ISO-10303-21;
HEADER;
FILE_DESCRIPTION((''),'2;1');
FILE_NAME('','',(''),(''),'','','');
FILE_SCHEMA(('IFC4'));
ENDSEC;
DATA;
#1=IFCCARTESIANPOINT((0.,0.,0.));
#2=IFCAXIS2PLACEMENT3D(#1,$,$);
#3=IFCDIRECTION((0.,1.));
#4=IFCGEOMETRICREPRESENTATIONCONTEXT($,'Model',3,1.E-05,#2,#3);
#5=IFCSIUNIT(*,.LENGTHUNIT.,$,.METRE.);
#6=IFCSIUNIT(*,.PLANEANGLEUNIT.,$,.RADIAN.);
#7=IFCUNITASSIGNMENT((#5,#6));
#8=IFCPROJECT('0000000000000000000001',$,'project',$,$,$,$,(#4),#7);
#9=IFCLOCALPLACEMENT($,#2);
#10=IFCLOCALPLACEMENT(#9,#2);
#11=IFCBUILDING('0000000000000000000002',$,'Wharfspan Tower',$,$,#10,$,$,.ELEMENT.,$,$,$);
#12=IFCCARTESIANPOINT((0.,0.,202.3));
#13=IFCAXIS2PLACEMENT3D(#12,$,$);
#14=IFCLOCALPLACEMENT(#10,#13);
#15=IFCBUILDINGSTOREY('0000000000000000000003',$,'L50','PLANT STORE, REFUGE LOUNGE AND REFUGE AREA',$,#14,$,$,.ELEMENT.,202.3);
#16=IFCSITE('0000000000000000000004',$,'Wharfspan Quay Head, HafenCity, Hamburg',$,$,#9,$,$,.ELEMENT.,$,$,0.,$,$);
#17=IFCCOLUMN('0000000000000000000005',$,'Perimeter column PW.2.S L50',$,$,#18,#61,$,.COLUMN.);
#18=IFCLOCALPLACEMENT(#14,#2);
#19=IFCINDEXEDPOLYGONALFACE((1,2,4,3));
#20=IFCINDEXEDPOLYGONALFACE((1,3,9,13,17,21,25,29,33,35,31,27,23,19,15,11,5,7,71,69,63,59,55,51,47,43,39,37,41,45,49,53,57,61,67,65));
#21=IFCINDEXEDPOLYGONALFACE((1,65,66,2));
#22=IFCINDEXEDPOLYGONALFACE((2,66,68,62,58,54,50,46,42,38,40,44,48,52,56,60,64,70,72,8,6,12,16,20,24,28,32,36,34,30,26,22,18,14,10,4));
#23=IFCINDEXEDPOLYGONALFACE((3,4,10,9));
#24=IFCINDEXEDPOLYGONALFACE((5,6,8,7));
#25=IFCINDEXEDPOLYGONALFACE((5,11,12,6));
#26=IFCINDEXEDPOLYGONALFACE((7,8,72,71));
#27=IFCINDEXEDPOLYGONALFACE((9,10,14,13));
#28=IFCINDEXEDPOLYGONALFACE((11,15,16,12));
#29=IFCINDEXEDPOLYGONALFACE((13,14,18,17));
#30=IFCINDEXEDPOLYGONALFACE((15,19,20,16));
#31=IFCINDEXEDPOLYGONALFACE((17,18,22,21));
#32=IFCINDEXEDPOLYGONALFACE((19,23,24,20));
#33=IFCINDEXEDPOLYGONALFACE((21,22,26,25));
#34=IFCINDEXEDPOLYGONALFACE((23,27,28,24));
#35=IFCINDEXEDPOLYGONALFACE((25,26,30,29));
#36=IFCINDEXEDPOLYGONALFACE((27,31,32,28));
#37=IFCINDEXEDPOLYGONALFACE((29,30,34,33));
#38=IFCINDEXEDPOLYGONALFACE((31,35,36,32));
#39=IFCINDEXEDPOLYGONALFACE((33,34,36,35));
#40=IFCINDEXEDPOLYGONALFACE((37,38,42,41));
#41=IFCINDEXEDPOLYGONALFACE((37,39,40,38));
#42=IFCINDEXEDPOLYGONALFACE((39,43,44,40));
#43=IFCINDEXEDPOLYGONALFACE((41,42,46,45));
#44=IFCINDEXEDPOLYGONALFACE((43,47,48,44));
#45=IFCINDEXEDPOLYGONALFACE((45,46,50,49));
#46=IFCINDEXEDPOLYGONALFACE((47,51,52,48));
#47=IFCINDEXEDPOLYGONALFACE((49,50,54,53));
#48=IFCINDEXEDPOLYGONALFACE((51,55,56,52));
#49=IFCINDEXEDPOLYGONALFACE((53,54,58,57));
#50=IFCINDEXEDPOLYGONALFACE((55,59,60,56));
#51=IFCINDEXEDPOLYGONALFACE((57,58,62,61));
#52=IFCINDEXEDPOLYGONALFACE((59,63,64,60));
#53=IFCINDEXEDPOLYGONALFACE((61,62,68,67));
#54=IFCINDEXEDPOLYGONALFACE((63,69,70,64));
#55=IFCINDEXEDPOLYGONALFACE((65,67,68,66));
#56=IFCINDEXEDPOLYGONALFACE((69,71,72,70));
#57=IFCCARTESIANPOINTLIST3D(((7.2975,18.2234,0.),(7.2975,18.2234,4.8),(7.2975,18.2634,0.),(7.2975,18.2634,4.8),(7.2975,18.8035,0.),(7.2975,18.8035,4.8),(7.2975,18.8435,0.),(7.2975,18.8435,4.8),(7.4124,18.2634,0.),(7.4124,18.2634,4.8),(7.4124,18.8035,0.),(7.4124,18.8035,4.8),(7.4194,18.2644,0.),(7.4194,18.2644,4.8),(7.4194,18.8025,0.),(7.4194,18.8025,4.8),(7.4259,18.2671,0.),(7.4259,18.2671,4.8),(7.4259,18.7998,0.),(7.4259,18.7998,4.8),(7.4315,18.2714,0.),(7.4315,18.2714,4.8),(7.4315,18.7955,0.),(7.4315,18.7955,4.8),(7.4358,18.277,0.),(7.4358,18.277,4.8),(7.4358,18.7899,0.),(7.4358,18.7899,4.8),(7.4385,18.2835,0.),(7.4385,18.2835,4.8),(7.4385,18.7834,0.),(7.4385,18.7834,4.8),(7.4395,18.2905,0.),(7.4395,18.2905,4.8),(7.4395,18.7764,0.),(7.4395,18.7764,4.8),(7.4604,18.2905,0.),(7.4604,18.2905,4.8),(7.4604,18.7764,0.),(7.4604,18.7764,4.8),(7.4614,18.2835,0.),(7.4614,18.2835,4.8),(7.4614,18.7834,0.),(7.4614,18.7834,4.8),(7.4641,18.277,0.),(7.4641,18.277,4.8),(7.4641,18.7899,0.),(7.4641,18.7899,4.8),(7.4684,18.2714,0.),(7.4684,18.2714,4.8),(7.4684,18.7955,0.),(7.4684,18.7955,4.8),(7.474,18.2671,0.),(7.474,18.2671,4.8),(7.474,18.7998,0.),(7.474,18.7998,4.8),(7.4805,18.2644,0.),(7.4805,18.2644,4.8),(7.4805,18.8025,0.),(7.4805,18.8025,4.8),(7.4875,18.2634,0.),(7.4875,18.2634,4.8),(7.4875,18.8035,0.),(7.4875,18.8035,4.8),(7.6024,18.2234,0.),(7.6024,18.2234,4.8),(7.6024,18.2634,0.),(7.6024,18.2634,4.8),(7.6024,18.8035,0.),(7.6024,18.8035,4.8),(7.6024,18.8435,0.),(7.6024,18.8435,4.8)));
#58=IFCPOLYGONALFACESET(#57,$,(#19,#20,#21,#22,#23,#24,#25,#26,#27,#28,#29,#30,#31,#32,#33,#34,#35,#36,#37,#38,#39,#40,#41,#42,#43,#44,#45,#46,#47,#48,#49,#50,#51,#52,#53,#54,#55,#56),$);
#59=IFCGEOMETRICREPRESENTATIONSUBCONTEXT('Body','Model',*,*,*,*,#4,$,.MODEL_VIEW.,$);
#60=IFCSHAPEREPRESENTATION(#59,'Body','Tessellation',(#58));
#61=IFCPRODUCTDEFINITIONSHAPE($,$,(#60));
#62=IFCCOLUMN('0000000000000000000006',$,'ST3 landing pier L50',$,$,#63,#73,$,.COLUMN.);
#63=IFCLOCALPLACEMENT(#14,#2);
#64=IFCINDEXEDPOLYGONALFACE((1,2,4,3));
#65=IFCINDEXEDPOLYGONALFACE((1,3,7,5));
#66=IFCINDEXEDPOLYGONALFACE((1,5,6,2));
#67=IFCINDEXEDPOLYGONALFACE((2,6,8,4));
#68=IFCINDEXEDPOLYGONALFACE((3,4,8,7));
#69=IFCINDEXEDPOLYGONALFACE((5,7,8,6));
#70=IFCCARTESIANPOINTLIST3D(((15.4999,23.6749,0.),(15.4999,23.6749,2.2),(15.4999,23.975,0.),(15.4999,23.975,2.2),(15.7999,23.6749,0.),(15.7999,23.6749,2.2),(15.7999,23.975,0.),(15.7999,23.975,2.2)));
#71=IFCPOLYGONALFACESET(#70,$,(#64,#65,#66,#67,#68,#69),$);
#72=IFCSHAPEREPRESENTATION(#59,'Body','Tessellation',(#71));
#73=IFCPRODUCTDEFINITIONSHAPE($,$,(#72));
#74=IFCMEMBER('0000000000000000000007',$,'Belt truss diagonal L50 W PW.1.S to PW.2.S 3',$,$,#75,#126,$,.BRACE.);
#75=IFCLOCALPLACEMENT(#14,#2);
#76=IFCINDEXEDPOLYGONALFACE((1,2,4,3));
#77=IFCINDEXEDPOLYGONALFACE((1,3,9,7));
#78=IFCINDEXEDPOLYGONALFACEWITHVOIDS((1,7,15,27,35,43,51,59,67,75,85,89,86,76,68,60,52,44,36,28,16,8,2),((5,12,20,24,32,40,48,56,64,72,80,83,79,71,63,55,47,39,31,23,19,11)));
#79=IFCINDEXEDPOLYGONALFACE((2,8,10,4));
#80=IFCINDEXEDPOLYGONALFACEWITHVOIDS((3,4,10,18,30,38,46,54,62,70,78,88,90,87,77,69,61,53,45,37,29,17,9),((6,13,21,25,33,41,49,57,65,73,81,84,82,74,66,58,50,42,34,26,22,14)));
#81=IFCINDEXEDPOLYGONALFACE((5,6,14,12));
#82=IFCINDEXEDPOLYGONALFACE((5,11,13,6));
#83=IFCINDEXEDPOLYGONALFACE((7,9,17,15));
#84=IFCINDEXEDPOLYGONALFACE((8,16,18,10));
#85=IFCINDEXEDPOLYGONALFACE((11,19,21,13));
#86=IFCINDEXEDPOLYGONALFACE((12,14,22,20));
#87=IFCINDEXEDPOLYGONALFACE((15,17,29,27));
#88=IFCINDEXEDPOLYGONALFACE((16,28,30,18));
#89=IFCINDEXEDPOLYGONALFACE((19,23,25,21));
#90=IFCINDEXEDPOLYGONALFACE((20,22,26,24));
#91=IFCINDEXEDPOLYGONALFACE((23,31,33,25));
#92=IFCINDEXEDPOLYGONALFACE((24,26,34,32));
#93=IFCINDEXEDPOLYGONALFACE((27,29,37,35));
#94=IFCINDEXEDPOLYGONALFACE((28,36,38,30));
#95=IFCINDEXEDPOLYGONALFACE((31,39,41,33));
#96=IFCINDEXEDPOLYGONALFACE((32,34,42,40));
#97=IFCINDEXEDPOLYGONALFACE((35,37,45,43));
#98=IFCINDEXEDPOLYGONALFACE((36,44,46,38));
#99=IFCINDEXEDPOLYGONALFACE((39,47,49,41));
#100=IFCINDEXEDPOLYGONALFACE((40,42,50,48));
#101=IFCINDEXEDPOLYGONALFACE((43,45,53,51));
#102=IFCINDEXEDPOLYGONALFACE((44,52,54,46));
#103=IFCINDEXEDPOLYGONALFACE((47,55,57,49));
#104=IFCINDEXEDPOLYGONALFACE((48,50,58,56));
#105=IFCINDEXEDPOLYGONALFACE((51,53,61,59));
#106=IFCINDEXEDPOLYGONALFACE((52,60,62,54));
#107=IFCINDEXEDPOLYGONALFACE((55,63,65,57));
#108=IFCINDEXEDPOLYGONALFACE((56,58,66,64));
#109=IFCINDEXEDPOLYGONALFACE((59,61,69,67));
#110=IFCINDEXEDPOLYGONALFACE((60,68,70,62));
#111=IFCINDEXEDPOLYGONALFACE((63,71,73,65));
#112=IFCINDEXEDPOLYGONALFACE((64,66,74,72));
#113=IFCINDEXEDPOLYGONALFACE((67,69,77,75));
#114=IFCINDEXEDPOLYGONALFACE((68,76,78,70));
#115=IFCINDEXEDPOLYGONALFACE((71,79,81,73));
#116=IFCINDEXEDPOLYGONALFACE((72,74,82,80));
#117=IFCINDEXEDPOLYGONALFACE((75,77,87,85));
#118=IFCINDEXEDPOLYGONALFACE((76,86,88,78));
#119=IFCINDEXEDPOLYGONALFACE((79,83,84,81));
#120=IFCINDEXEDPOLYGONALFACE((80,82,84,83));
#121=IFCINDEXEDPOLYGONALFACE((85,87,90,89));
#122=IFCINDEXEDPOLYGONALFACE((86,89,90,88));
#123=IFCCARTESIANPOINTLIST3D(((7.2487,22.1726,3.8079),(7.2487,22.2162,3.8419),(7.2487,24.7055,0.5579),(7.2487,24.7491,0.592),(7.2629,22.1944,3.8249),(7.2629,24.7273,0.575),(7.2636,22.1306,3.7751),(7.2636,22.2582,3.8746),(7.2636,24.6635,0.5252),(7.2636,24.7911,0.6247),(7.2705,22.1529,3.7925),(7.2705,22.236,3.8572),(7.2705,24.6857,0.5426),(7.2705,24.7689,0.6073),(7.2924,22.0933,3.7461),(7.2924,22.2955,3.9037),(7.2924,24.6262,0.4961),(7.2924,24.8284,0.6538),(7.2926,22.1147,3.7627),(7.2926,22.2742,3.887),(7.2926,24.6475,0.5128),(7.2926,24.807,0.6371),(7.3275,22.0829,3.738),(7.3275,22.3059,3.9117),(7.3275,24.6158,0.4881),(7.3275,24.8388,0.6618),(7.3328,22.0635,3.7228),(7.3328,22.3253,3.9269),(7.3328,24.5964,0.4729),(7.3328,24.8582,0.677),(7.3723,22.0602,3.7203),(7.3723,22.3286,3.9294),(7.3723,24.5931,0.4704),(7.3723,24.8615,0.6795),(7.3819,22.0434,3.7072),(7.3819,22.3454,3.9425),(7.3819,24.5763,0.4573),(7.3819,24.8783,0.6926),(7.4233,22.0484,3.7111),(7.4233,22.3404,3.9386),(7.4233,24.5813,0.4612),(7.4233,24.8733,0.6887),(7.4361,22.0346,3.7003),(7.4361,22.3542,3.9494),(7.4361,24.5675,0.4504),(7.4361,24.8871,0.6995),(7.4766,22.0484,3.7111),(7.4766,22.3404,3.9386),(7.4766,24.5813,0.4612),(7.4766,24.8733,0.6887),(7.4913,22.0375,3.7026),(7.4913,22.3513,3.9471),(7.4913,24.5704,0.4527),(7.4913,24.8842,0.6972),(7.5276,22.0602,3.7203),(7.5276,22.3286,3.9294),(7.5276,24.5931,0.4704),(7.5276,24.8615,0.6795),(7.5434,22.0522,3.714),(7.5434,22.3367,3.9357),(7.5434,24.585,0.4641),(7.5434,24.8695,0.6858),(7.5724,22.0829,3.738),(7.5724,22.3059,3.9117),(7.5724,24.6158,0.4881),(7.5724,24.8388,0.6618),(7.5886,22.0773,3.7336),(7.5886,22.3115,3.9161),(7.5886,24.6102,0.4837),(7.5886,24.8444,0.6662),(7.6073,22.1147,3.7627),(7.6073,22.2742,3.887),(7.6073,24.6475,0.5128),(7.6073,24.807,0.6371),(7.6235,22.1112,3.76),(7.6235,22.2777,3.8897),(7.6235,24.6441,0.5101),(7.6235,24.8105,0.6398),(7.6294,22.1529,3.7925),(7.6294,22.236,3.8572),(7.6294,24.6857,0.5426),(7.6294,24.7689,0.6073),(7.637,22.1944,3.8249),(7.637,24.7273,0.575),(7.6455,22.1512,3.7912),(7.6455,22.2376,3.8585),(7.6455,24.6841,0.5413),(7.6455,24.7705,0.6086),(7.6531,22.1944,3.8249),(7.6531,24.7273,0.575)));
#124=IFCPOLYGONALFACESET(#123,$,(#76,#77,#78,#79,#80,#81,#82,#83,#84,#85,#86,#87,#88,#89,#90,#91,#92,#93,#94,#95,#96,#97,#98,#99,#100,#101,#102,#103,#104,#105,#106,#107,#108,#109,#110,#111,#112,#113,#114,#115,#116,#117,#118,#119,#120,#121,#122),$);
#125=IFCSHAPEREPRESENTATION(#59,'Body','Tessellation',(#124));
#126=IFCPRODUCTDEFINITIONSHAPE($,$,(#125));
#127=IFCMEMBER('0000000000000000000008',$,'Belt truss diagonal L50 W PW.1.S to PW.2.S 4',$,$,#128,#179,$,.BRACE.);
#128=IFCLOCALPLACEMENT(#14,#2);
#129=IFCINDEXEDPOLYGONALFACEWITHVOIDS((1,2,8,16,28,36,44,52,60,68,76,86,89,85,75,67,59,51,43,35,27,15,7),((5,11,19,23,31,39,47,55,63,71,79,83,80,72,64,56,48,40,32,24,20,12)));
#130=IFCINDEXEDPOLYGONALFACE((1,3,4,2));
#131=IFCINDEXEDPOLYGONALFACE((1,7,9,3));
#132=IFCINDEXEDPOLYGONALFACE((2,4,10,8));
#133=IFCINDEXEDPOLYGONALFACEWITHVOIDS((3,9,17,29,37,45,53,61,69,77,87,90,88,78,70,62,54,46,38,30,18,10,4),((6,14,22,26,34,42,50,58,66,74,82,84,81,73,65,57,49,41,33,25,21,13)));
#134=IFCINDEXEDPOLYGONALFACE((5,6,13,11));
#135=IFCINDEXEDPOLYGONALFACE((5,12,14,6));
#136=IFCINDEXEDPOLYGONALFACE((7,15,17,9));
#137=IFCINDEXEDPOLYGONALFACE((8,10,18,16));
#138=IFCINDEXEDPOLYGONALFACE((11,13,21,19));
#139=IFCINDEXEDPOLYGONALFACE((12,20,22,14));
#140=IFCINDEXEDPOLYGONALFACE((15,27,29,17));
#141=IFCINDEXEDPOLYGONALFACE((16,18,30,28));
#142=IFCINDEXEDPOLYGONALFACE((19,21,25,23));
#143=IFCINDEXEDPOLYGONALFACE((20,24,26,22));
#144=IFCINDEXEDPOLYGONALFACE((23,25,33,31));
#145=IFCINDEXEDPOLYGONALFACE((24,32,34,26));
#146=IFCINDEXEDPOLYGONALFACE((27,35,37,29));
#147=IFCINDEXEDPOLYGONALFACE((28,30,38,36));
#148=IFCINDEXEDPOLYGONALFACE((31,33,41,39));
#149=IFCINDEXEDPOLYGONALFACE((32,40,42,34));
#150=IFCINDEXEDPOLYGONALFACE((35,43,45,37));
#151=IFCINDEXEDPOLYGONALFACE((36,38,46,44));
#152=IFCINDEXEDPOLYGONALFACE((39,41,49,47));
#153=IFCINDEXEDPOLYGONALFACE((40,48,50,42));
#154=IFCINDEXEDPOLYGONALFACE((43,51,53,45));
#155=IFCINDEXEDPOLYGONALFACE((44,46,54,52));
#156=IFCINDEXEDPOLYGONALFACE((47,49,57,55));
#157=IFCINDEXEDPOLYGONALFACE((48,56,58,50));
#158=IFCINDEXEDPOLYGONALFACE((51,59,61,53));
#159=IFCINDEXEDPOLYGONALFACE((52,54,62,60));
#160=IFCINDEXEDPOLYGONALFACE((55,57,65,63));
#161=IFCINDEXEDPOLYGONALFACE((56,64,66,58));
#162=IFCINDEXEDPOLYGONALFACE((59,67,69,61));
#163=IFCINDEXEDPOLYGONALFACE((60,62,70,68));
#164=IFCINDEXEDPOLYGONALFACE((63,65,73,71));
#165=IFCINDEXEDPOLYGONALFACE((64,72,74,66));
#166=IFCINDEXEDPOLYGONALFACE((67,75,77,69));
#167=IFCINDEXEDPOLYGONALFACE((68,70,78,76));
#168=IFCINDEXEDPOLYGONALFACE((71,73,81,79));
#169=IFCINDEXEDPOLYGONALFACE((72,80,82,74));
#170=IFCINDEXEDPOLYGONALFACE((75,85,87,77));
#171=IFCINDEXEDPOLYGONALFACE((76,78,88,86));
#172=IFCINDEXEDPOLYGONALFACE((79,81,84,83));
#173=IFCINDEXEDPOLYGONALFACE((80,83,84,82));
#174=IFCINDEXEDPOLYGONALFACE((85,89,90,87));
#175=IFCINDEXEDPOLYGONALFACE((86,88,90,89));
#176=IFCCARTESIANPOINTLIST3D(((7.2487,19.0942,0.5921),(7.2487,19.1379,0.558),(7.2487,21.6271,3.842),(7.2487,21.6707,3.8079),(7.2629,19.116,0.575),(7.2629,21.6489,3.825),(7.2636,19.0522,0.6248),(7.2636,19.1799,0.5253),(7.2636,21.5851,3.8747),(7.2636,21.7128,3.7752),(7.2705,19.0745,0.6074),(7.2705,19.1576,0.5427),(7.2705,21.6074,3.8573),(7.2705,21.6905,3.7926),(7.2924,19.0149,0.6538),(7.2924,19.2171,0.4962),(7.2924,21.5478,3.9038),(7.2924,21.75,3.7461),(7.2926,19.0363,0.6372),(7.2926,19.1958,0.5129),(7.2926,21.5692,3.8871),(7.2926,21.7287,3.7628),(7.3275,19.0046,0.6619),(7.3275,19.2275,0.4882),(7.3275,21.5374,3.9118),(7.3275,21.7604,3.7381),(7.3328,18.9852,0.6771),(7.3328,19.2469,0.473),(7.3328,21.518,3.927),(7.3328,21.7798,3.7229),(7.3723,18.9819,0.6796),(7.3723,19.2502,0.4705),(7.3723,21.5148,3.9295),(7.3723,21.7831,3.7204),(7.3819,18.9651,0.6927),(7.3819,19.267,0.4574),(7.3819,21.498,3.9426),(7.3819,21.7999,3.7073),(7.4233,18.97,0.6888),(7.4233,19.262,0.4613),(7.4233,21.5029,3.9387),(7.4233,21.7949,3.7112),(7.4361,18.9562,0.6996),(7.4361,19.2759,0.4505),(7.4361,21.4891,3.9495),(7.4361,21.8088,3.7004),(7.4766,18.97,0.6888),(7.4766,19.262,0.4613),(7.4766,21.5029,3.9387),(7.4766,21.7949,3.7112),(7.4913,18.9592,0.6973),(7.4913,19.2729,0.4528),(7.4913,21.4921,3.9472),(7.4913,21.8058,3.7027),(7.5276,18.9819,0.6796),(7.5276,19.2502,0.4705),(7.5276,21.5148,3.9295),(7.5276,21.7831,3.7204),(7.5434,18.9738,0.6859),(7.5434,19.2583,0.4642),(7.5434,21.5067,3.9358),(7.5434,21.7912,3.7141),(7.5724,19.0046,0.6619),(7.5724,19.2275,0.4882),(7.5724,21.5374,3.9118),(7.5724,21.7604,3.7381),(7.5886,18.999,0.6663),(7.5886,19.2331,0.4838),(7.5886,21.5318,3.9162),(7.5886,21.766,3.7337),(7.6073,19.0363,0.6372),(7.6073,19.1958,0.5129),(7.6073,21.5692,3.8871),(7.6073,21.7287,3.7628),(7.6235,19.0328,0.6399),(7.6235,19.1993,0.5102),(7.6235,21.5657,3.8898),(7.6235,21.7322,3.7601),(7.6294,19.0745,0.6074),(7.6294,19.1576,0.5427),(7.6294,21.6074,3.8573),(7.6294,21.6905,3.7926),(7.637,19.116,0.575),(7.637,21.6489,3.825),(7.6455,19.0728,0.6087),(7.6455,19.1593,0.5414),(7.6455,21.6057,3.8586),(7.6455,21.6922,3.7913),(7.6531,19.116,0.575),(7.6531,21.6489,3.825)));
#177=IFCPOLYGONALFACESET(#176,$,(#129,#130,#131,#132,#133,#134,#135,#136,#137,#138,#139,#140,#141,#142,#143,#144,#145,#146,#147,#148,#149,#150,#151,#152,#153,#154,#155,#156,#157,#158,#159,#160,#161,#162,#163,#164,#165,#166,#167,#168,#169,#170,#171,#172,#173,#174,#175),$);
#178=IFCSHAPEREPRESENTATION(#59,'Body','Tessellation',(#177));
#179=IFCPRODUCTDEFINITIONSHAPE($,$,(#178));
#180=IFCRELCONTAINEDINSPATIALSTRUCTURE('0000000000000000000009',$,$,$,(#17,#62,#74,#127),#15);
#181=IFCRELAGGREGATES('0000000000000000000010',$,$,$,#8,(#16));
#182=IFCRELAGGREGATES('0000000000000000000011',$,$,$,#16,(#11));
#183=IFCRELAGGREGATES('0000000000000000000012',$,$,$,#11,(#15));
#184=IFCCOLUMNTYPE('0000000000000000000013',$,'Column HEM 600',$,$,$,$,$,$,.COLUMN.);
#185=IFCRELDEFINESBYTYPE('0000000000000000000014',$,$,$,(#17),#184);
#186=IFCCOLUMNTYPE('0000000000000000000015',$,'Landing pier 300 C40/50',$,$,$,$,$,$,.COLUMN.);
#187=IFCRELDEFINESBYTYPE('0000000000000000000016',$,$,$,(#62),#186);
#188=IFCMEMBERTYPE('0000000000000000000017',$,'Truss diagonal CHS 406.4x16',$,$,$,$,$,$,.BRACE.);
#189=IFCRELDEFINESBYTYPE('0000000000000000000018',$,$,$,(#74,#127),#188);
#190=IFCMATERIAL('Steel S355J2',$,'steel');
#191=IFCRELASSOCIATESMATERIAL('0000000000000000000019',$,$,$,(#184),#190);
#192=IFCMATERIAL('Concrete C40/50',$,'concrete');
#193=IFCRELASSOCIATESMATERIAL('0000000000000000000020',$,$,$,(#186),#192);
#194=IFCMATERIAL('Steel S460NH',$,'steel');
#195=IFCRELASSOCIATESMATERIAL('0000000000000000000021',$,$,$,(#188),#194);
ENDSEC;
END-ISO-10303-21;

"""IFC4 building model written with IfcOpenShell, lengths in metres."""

from ifc_helpers import new_model, si_unit, direction, frame, origin, origin_2d, place, context, subcontext, project, spatial, rectangle, hollow_circle, i_section, extrude, material, material_profile, profile_set, type_object, element, save


model = new_model("IFC4")

# Units and contexts
model_context = context("Model", 3, precision=1e-05, world=origin(), true_north=direction((0.0, 1.0)))
body_context = subcontext(model_context, "Body", "Model", "MODEL_VIEW")
ifc_project = project(units=[si_unit("LENGTHUNIT", "METRE"), si_unit("PLANEANGLEUNIT", "RADIAN")], contexts=[model_context])

# Site, building, storey
site_placement = place(None, origin())
site = spatial("IfcSite", under=ifc_project, at=site_placement, Name="Wharfspan Quay Head, HafenCity, Hamburg", CompositionType="ELEMENT", RefElevation=0.0)
building_placement = place(site_placement, origin())
building = spatial("IfcBuilding", under=site, at=building_placement, Name="Wharfspan Tower", CompositionType="ELEMENT")
storey_placement = place(building_placement, frame((0.0, 0.0, 202.3)))
storey = spatial("IfcBuildingStorey", under=building, at=storey_placement, Name="L50", Description="PLANT STORE, REFUGE LOUNGE AND REFUGE AREA", CompositionType="ELEMENT", Elevation=202.3)

# Columns
ifc_material_1 = material(Name="Steel S355J2", Category="steel")
ifc_material_profile_1 = material_profile(ifc_material_1, i_section(OverallWidth=0.3049, OverallDepth=0.6201, WebThickness=0.021, FlangeThickness=0.04, FilletRadius=0.0271, at=origin_2d()))
ifc_profile_set_1 = profile_set([ifc_material_profile_1], Name="Steel S355J2")
column_type_1 = type_object("IfcColumnType", Name="Column HEM 600", PredefinedType="COLUMN", material=ifc_profile_set_1)
column_1_placement = place(storey_placement, frame((7.45, 18.5334, 0.0), z_axis=(0.0, 0.0, 1.0), x_axis=(-1.0, 0.0, 0.0)))
element("IfcColumn", 1, at=column_1_placement, inside=storey, type_object=column_type_1, Name="Perimeter column PW.2.S L50", PredefinedType="COLUMN", context=body_context, shape_type="SweptSolid", body=[
    extrude(i_section(OverallWidth=0.3049, OverallDepth=0.6201, WebThickness=0.021, FlangeThickness=0.04, FilletRadius=0.0271, at=origin_2d()), origin(), (0.0, 0.0, 1.0), 4.8),
])
ifc_material_2 = material(Name="Concrete C40/50", Category="concrete")
ifc_material_profile_2 = material_profile(ifc_material_2, rectangle(XDim=0.3, YDim=0.3, at=origin_2d()))
ifc_profile_set_2 = profile_set([ifc_material_profile_2], Name="Concrete C40/50")
column_type_2 = type_object("IfcColumnType", Name="Landing pier 300 C40/50", PredefinedType="COLUMN", material=ifc_profile_set_2)
column_2_placement = place(storey_placement, frame((15.6499, 23.825, 0.0), z_axis=(0.0, 0.0, 1.0), x_axis=(1.0, 0.0, 0.0)))
element("IfcColumn", 2, at=column_2_placement, inside=storey, type_object=column_type_2, Name="ST3 landing pier L50", PredefinedType="COLUMN", context=body_context, shape_type="SweptSolid", body=[
    extrude(rectangle(XDim=0.3, YDim=0.3, at=origin_2d()), origin(), (0.0, 0.0, 1.0), 2.2),
])

# Members
ifc_material_3 = material(Name="Steel S460NH", Category="steel")
ifc_material_profile_3 = material_profile(ifc_material_3, hollow_circle(Radius=0.2031, WallThickness=0.0161, at=origin_2d()))
ifc_profile_set_3 = profile_set([ifc_material_profile_3], Name="Steel S460NH")
member_type = type_object("IfcMemberType", Name="Truss diagonal CHS 406.4x16", PredefinedType="BRACE", material=ifc_profile_set_3)
for number, where, z_axis, x_axis, name in (
    (3, (7.45, 24.7273, 0.575), (0.0, -0.614724, 0.788742), (1.0, 0.0, 0.0), "Belt truss diagonal L50 W PW.1.S to PW.2.S 3"),
    (4, (7.45, 21.6489, 3.825), (0.0, -0.614724, -0.788742), (1.0, 0.0, 0.0), "Belt truss diagonal L50 W PW.1.S to PW.2.S 4"),
):
    element("IfcMember", number, at=place(storey_placement, frame(where, z_axis=z_axis, x_axis=x_axis)), inside=storey, type_object=member_type, Name=name, PredefinedType="BRACE", context=body_context, shape_type="SweptSolid", body=[
        extrude(hollow_circle(Radius=0.2031, WallThickness=0.0161, at=origin_2d()), origin(), (0.0, 0.0, 1.0), 4.1204),
    ])

save(model, "model.ifc")
